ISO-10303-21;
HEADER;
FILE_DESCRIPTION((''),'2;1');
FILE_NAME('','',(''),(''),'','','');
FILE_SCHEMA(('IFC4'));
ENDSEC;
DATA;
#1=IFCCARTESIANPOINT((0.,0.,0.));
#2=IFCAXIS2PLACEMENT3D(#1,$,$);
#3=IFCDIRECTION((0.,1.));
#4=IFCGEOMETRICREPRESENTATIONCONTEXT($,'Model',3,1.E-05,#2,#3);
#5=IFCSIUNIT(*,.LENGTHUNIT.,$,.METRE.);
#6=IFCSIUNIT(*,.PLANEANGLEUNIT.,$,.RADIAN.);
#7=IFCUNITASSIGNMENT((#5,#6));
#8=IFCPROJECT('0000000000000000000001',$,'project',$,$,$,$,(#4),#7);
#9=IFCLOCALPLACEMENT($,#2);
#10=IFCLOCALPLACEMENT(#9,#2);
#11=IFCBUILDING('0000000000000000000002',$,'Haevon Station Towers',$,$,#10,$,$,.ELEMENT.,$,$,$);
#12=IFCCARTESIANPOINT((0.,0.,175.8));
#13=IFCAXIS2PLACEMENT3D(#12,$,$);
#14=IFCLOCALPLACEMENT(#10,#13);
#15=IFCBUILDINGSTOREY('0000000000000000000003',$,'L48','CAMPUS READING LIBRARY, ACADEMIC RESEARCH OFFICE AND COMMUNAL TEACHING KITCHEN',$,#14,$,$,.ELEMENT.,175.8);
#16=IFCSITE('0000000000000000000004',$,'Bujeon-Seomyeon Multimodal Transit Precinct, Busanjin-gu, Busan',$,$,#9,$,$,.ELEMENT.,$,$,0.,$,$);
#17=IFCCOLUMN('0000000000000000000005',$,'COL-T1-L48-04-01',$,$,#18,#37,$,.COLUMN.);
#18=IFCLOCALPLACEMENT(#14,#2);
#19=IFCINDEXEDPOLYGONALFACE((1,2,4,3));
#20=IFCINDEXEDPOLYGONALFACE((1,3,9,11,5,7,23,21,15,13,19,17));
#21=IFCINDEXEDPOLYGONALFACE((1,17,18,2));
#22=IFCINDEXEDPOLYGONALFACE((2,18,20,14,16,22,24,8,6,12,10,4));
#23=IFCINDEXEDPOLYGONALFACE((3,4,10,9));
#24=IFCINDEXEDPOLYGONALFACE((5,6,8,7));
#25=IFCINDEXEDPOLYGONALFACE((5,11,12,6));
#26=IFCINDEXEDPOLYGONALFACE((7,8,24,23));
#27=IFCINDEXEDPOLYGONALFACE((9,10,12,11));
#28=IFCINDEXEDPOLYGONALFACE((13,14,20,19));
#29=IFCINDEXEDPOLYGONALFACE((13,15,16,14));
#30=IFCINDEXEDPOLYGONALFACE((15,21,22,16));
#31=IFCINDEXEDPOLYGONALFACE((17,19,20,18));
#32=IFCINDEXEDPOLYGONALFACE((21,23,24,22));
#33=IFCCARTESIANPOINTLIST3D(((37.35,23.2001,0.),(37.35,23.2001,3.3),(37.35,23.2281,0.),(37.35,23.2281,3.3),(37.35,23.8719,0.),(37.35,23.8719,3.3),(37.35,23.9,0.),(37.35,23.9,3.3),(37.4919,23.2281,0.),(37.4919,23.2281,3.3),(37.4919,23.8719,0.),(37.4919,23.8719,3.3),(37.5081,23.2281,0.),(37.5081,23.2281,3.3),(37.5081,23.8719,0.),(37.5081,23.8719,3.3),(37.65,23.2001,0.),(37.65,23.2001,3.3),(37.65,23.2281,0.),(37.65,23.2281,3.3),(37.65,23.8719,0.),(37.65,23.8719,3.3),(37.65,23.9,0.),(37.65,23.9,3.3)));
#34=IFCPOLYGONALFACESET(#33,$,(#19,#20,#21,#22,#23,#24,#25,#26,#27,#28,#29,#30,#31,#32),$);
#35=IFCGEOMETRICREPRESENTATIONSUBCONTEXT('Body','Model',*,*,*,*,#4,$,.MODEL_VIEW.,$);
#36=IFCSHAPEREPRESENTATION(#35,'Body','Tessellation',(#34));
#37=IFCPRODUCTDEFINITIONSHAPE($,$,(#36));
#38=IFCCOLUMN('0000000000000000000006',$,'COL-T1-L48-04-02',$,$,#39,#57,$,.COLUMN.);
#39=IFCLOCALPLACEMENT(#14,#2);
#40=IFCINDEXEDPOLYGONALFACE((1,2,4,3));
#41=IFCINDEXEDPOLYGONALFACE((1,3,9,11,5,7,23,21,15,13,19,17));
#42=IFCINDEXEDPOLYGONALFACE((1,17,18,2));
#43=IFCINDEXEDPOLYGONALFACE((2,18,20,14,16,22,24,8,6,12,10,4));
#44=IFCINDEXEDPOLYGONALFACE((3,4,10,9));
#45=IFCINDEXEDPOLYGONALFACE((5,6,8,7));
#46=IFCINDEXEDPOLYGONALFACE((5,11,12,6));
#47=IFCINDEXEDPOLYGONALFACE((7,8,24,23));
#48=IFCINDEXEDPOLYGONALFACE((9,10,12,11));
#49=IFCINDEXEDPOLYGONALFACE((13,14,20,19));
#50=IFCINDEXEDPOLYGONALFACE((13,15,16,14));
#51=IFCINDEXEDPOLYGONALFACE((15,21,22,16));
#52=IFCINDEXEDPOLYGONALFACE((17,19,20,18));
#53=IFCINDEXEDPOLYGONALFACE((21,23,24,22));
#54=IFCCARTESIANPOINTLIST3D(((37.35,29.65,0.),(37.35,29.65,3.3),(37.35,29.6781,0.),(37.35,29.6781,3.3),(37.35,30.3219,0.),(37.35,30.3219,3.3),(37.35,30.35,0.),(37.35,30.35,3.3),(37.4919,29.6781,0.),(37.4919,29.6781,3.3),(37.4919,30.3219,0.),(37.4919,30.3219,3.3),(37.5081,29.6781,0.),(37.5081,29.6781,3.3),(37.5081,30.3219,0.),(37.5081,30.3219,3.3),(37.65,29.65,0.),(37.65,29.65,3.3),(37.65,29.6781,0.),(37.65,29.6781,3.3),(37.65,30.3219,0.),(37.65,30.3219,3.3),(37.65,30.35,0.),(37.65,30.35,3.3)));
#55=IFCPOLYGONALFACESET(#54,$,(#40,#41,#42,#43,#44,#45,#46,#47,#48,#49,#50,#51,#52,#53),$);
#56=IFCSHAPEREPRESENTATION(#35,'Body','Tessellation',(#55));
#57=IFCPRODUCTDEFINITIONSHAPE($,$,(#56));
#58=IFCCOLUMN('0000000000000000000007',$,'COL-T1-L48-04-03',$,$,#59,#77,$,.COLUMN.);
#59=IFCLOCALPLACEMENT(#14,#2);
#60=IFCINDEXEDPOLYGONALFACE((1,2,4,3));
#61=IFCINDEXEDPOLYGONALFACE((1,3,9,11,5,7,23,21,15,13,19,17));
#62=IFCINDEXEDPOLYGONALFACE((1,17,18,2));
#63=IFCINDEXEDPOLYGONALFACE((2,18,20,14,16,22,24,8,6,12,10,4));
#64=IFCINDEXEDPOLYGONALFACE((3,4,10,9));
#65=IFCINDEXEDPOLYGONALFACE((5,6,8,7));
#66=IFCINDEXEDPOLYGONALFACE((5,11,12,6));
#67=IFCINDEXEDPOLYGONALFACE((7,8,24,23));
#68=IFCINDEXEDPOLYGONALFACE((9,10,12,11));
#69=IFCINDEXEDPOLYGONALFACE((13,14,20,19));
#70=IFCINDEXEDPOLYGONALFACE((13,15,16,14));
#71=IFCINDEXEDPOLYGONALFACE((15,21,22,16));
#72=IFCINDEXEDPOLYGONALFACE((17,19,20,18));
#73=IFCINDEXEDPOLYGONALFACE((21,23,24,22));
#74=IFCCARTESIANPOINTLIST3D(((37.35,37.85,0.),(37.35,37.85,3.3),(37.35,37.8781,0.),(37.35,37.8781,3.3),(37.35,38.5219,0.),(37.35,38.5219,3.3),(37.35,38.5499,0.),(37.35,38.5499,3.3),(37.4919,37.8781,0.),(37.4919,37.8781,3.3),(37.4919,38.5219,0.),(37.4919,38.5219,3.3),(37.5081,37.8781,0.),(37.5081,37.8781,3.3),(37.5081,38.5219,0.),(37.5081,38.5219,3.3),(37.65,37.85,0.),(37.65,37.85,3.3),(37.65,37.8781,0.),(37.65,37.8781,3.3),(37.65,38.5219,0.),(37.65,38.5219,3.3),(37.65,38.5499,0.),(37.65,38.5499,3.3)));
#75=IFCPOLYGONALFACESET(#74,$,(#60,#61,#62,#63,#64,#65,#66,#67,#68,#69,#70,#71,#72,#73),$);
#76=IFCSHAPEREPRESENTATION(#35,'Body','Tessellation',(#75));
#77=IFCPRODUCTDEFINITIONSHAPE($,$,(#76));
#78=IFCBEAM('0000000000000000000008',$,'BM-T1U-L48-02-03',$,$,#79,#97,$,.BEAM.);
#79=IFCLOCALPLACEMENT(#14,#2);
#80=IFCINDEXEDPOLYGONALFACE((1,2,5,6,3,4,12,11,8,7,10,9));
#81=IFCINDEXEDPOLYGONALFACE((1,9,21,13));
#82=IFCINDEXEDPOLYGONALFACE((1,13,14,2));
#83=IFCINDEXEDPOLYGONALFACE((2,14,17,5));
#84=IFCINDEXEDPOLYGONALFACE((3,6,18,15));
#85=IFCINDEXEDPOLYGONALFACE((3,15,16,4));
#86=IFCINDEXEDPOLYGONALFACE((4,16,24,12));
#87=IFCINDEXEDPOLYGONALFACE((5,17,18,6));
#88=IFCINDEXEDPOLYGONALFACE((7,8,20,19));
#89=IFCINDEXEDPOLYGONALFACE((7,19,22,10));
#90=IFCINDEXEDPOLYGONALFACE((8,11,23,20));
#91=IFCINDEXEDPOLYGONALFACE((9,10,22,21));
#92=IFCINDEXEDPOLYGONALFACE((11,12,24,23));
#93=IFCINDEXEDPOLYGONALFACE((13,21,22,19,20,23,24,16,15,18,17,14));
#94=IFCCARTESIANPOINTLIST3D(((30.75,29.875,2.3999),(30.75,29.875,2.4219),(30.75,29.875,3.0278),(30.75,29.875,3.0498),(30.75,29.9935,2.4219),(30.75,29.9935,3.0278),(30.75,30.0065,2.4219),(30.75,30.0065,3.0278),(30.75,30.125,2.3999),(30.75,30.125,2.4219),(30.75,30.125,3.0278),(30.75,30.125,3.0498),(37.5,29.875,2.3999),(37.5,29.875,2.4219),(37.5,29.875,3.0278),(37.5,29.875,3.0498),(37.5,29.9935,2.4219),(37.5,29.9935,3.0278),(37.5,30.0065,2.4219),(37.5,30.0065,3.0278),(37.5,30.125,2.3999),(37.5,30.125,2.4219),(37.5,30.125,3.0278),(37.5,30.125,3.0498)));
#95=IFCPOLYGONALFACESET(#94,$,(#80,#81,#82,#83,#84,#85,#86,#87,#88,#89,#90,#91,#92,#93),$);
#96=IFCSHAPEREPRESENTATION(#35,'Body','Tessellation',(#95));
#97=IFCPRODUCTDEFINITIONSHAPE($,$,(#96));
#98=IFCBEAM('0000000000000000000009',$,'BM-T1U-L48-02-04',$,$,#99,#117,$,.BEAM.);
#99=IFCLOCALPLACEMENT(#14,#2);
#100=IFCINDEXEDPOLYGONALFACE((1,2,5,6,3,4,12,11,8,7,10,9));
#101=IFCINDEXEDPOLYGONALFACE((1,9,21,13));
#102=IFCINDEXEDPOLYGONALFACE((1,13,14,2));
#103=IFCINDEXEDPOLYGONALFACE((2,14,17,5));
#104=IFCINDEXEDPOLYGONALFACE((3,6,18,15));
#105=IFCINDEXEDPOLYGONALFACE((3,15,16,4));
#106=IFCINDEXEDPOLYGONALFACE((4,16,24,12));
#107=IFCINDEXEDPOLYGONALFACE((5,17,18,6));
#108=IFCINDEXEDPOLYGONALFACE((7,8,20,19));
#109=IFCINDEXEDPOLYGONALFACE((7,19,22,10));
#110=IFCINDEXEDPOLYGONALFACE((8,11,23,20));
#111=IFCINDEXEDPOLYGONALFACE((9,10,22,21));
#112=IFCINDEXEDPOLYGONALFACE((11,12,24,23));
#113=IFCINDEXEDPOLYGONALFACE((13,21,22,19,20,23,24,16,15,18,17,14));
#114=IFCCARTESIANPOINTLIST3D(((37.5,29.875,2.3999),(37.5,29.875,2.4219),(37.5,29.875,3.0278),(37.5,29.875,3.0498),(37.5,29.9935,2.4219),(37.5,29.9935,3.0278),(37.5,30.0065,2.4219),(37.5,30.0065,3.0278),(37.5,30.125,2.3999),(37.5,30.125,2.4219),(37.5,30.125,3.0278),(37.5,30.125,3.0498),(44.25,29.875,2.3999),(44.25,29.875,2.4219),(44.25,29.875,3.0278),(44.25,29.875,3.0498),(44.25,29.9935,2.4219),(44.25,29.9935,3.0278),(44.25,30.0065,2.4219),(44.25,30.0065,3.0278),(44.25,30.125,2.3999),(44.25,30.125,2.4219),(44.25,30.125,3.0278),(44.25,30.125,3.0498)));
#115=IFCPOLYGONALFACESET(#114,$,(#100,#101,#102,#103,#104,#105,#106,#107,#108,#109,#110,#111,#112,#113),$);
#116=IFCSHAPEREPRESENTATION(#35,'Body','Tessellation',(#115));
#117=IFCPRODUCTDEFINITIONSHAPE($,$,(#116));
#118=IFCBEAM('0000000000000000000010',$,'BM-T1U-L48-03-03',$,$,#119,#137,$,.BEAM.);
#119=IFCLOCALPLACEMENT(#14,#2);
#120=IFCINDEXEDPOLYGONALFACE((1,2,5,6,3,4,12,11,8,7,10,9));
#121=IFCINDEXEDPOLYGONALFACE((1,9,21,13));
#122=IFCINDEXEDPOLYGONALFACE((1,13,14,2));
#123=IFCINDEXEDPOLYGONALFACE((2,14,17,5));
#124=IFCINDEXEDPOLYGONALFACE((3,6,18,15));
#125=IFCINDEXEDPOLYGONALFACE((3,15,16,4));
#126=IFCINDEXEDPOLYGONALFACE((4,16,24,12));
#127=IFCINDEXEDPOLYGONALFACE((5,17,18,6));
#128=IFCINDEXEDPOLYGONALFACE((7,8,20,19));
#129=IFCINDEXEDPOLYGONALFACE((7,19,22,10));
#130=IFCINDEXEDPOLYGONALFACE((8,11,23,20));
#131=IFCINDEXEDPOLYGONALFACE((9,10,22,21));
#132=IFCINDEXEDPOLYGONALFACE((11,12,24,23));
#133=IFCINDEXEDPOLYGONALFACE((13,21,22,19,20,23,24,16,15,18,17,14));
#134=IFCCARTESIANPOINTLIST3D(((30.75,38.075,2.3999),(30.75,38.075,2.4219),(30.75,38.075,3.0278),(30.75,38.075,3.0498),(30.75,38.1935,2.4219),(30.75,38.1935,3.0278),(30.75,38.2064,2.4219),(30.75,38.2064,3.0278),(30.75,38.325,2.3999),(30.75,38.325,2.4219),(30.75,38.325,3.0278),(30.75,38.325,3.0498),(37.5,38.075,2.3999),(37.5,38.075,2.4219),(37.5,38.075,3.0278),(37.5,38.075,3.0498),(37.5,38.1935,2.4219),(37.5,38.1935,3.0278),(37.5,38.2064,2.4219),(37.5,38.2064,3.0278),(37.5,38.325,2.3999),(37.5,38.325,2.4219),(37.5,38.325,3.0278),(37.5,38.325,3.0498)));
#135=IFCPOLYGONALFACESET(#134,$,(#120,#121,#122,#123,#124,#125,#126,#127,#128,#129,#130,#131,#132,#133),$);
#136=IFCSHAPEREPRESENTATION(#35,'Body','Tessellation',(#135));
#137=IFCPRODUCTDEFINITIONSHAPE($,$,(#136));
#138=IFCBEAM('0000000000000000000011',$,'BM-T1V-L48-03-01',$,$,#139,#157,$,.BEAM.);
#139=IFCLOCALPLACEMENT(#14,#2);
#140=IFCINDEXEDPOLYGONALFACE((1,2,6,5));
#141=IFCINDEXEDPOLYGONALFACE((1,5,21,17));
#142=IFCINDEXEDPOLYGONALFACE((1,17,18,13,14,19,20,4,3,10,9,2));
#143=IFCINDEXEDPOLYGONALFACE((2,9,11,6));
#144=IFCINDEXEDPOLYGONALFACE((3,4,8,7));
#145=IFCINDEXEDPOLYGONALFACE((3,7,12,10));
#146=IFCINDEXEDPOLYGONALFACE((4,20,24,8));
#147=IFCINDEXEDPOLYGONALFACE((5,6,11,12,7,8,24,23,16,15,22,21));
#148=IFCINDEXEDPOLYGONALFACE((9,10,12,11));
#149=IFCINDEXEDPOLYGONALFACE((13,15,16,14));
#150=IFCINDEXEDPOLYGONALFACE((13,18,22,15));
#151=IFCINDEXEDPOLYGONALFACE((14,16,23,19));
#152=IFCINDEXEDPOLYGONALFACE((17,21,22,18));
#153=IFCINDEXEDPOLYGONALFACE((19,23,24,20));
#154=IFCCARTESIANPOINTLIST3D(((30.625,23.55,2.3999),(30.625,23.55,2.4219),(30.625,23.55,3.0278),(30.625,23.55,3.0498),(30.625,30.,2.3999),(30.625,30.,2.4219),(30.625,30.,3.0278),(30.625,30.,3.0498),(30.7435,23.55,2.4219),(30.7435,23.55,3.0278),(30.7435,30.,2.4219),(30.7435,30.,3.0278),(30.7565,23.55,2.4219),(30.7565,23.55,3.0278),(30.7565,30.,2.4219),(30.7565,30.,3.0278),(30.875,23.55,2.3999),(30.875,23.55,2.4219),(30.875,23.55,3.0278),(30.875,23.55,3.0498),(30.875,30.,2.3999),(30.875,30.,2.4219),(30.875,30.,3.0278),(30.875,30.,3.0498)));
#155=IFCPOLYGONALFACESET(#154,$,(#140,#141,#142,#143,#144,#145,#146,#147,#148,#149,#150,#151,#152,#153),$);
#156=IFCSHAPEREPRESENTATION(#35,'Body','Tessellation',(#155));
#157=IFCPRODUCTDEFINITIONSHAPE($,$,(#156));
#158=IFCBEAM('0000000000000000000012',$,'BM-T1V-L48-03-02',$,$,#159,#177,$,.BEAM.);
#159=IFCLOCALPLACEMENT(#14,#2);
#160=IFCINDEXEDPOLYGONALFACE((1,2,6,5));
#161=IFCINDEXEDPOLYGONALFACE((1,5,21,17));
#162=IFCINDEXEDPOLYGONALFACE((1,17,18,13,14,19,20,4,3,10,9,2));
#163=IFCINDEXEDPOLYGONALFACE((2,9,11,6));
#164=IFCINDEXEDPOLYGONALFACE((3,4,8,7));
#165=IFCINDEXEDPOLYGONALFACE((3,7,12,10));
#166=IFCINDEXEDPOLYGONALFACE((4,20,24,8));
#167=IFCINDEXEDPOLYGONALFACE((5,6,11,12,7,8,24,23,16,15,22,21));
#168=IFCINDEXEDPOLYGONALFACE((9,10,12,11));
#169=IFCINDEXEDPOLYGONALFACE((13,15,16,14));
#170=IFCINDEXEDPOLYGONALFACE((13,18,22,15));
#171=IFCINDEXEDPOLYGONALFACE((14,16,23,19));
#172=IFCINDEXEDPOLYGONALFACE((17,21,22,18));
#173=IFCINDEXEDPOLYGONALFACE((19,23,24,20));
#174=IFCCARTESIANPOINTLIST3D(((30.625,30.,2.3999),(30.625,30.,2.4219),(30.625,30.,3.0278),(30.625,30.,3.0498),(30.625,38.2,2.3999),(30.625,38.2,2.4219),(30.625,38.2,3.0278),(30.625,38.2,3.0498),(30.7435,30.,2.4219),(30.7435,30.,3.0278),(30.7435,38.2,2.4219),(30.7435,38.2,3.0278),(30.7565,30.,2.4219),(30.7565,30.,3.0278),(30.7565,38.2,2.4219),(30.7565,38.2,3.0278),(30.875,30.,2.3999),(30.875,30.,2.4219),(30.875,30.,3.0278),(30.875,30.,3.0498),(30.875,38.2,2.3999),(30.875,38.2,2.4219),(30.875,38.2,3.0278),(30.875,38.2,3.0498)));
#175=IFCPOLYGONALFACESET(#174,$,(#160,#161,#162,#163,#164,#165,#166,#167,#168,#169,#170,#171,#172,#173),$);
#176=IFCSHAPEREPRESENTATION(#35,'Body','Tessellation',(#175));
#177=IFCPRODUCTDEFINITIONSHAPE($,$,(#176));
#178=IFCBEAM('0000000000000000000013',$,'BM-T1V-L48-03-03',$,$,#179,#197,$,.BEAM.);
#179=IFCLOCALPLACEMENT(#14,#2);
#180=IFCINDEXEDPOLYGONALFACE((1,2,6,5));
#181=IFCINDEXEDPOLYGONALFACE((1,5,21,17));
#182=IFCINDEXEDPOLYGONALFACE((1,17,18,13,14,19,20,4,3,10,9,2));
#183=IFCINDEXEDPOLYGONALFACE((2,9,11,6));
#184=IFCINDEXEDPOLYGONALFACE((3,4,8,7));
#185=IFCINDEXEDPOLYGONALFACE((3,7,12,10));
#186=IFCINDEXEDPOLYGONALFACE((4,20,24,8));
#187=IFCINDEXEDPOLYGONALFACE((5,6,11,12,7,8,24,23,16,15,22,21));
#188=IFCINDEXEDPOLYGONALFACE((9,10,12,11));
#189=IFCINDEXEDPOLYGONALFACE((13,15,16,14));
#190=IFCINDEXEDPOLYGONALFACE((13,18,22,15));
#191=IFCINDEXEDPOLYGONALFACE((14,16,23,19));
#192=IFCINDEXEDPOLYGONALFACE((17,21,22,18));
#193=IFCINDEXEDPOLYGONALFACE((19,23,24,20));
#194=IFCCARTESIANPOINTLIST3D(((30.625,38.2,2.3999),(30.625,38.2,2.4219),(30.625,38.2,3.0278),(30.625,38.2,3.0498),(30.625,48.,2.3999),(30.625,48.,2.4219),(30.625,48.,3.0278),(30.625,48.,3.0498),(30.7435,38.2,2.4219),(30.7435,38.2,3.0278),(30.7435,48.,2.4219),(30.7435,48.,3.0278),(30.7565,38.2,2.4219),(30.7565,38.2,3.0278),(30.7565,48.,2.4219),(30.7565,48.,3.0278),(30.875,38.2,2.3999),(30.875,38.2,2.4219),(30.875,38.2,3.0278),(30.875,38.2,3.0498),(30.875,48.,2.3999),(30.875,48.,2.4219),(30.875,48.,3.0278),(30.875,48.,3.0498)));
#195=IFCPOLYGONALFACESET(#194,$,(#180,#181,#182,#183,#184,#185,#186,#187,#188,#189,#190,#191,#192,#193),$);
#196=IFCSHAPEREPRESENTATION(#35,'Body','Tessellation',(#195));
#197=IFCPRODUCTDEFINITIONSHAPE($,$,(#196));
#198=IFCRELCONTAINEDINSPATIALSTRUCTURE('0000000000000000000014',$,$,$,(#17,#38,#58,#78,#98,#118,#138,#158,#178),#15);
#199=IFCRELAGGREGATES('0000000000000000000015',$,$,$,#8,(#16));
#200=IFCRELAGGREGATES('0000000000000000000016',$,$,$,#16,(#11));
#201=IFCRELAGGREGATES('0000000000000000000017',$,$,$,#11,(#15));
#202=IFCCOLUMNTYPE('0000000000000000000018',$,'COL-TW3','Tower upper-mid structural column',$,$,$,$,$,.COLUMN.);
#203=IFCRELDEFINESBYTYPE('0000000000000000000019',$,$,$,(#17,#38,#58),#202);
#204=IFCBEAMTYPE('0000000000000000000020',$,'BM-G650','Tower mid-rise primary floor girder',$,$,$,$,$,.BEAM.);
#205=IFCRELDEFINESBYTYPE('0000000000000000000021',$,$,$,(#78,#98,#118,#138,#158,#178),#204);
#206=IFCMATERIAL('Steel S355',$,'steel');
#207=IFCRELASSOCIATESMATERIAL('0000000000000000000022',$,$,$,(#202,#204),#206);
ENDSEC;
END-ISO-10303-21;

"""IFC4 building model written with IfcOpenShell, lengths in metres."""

from ifc_helpers import new_model, si_unit, direction, frame, origin, origin_2d, place, context, subcontext, project, spatial, i_section, extrude, material, material_profile, profile_set, type_object, element, save


model = new_model("IFC4")

# Units and contexts
model_context = context("Model", 3, precision=1e-05, world=origin(), true_north=direction((0.0, 1.0)))
body_context = subcontext(model_context, "Body", "Model", "MODEL_VIEW")
ifc_project = project(units=[si_unit("LENGTHUNIT", "METRE"), si_unit("PLANEANGLEUNIT", "RADIAN")], contexts=[model_context])

# Site, building, storey
site_placement = place(None, origin())
site = spatial("IfcSite", under=ifc_project, at=site_placement, Name="Bujeon-Seomyeon Multimodal Transit Precinct, Busanjin-gu, Busan", CompositionType="ELEMENT", RefElevation=0.0)
building_placement = place(site_placement, origin())
building = spatial("IfcBuilding", under=site, at=building_placement, Name="Haevon Station Towers", CompositionType="ELEMENT")
storey_placement = place(building_placement, frame((0.0, 0.0, 175.8)))
storey = spatial("IfcBuildingStorey", under=building, at=storey_placement, Name="L48", Description="CAMPUS READING LIBRARY, ACADEMIC RESEARCH OFFICE AND COMMUNAL TEACHING KITCHEN", CompositionType="ELEMENT", Elevation=175.8)

# Columns
ifc_material_1 = material(Name="Steel S355", Category="steel")
ifc_material_profile_1 = material_profile(ifc_material_1, i_section(OverallWidth=0.3, OverallDepth=0.7, WebThickness=0.0161, FlangeThickness=0.0281, at=origin_2d()), Name="H-700x300x16x28")
ifc_profile_set_1 = profile_set([ifc_material_profile_1], Name="Steel S355")
column_type = type_object("IfcColumnType", Name="COL-TW3", Description="Tower upper-mid structural column", PredefinedType="COLUMN", material=ifc_profile_set_1)
for number, where, z_axis, x_axis, name in (
    (1, (37.5, 23.55, 0.0), (0.0, 0.0, 1.0), (1.0, 0.0, 0.0), "COL-T1-L48-04-01"),
    (2, (37.5, 30.0, 0.0), (0.0, 0.0, 1.0), (1.0, 0.0, 0.0), "COL-T1-L48-04-02"),
    (3, (37.5, 38.2, 0.0), (0.0, 0.0, 1.0), (1.0, 0.0, 0.0), "COL-T1-L48-04-03"),
):
    element("IfcColumn", number, at=place(storey_placement, frame(where, z_axis=z_axis, x_axis=x_axis)), inside=storey, type_object=column_type, Name=name, PredefinedType="COLUMN", context=body_context, shape_type="SweptSolid", body=[
        extrude(i_section(OverallWidth=0.3, OverallDepth=0.7, WebThickness=0.0161, FlangeThickness=0.0281, at=origin_2d()), origin(), (0.0, 0.0, 1.0), 3.3),
    ])

# Beams
ifc_material_profile_2 = material_profile(ifc_material_1, i_section(OverallWidth=0.25, OverallDepth=0.6499, WebThickness=0.0129, FlangeThickness=0.022, at=origin_2d()), Name="H-650x250x13x22")
ifc_profile_set_2 = profile_set([ifc_material_profile_2], Name="Steel S355")
beam_type_1 = type_object("IfcBeamType", Name="BM-G650", Description="Tower mid-rise primary floor girder", PredefinedType="BEAM", material=ifc_profile_set_2)
for number, where, z_axis, x_axis, name in (
    (4, (30.75, 30.0, 2.7249), (1.0, 0.0, 0.0), (0.0, 1.0, 0.0), "BM-T1U-L48-02-03"),
    (5, (37.5, 30.0, 2.7249), (1.0, 0.0, 0.0), (0.0, 1.0, 0.0), "BM-T1U-L48-02-04"),
    (6, (30.75, 38.2, 2.7249), (1.0, 0.0, 0.0), (0.0, 1.0, 0.0), "BM-T1U-L48-03-03"),
):
    element("IfcBeam", number, at=place(storey_placement, frame(where, z_axis=z_axis, x_axis=x_axis)), inside=storey, type_object=beam_type_1, Name=name, PredefinedType="BEAM", context=body_context, shape_type="SweptSolid", body=[
        extrude(i_section(OverallWidth=0.25, OverallDepth=0.6499, WebThickness=0.0129, FlangeThickness=0.022, at=origin_2d()), origin(), (0.0, 0.0, 1.0), 6.75),
    ])
beam_1_placement = place(storey_placement, frame((30.75, 23.55, 2.7249), z_axis=(0.0, 1.0, 0.0), x_axis=(-1.0, 0.0, 0.0)))
element("IfcBeam", 7, at=beam_1_placement, inside=storey, type_object=beam_type_1, Name="BM-T1V-L48-03-01", PredefinedType="BEAM", context=body_context, shape_type="SweptSolid", body=[
    extrude(i_section(OverallWidth=0.25, OverallDepth=0.6499, WebThickness=0.0129, FlangeThickness=0.022, at=origin_2d()), origin(), (0.0, 0.0, 1.0), 6.45),
])
beam_2_placement = place(storey_placement, frame((30.75, 30.0, 2.7249), z_axis=(0.0, 1.0, 0.0), x_axis=(-1.0, 0.0, 0.0)))
element("IfcBeam", 8, at=beam_2_placement, inside=storey, type_object=beam_type_1, Name="BM-T1V-L48-03-02", PredefinedType="BEAM", context=body_context, shape_type="SweptSolid", body=[
    extrude(i_section(OverallWidth=0.25, OverallDepth=0.6499, WebThickness=0.0129, FlangeThickness=0.022, at=origin_2d()), origin(), (0.0, 0.0, 1.0), 8.2),
])
beam_3_placement = place(storey_placement, frame((30.75, 38.2, 2.7249), z_axis=(0.0, 1.0, 0.0), x_axis=(-1.0, 0.0, 0.0)))
element("IfcBeam", 9, at=beam_3_placement, inside=storey, type_object=beam_type_1, Name="BM-T1V-L48-03-03", PredefinedType="BEAM", context=body_context, shape_type="SweptSolid", body=[
    extrude(i_section(OverallWidth=0.25, OverallDepth=0.6499, WebThickness=0.0129, FlangeThickness=0.022, at=origin_2d()), origin(), (0.0, 0.0, 1.0), 9.8),
])

save(model, "model.ifc")
